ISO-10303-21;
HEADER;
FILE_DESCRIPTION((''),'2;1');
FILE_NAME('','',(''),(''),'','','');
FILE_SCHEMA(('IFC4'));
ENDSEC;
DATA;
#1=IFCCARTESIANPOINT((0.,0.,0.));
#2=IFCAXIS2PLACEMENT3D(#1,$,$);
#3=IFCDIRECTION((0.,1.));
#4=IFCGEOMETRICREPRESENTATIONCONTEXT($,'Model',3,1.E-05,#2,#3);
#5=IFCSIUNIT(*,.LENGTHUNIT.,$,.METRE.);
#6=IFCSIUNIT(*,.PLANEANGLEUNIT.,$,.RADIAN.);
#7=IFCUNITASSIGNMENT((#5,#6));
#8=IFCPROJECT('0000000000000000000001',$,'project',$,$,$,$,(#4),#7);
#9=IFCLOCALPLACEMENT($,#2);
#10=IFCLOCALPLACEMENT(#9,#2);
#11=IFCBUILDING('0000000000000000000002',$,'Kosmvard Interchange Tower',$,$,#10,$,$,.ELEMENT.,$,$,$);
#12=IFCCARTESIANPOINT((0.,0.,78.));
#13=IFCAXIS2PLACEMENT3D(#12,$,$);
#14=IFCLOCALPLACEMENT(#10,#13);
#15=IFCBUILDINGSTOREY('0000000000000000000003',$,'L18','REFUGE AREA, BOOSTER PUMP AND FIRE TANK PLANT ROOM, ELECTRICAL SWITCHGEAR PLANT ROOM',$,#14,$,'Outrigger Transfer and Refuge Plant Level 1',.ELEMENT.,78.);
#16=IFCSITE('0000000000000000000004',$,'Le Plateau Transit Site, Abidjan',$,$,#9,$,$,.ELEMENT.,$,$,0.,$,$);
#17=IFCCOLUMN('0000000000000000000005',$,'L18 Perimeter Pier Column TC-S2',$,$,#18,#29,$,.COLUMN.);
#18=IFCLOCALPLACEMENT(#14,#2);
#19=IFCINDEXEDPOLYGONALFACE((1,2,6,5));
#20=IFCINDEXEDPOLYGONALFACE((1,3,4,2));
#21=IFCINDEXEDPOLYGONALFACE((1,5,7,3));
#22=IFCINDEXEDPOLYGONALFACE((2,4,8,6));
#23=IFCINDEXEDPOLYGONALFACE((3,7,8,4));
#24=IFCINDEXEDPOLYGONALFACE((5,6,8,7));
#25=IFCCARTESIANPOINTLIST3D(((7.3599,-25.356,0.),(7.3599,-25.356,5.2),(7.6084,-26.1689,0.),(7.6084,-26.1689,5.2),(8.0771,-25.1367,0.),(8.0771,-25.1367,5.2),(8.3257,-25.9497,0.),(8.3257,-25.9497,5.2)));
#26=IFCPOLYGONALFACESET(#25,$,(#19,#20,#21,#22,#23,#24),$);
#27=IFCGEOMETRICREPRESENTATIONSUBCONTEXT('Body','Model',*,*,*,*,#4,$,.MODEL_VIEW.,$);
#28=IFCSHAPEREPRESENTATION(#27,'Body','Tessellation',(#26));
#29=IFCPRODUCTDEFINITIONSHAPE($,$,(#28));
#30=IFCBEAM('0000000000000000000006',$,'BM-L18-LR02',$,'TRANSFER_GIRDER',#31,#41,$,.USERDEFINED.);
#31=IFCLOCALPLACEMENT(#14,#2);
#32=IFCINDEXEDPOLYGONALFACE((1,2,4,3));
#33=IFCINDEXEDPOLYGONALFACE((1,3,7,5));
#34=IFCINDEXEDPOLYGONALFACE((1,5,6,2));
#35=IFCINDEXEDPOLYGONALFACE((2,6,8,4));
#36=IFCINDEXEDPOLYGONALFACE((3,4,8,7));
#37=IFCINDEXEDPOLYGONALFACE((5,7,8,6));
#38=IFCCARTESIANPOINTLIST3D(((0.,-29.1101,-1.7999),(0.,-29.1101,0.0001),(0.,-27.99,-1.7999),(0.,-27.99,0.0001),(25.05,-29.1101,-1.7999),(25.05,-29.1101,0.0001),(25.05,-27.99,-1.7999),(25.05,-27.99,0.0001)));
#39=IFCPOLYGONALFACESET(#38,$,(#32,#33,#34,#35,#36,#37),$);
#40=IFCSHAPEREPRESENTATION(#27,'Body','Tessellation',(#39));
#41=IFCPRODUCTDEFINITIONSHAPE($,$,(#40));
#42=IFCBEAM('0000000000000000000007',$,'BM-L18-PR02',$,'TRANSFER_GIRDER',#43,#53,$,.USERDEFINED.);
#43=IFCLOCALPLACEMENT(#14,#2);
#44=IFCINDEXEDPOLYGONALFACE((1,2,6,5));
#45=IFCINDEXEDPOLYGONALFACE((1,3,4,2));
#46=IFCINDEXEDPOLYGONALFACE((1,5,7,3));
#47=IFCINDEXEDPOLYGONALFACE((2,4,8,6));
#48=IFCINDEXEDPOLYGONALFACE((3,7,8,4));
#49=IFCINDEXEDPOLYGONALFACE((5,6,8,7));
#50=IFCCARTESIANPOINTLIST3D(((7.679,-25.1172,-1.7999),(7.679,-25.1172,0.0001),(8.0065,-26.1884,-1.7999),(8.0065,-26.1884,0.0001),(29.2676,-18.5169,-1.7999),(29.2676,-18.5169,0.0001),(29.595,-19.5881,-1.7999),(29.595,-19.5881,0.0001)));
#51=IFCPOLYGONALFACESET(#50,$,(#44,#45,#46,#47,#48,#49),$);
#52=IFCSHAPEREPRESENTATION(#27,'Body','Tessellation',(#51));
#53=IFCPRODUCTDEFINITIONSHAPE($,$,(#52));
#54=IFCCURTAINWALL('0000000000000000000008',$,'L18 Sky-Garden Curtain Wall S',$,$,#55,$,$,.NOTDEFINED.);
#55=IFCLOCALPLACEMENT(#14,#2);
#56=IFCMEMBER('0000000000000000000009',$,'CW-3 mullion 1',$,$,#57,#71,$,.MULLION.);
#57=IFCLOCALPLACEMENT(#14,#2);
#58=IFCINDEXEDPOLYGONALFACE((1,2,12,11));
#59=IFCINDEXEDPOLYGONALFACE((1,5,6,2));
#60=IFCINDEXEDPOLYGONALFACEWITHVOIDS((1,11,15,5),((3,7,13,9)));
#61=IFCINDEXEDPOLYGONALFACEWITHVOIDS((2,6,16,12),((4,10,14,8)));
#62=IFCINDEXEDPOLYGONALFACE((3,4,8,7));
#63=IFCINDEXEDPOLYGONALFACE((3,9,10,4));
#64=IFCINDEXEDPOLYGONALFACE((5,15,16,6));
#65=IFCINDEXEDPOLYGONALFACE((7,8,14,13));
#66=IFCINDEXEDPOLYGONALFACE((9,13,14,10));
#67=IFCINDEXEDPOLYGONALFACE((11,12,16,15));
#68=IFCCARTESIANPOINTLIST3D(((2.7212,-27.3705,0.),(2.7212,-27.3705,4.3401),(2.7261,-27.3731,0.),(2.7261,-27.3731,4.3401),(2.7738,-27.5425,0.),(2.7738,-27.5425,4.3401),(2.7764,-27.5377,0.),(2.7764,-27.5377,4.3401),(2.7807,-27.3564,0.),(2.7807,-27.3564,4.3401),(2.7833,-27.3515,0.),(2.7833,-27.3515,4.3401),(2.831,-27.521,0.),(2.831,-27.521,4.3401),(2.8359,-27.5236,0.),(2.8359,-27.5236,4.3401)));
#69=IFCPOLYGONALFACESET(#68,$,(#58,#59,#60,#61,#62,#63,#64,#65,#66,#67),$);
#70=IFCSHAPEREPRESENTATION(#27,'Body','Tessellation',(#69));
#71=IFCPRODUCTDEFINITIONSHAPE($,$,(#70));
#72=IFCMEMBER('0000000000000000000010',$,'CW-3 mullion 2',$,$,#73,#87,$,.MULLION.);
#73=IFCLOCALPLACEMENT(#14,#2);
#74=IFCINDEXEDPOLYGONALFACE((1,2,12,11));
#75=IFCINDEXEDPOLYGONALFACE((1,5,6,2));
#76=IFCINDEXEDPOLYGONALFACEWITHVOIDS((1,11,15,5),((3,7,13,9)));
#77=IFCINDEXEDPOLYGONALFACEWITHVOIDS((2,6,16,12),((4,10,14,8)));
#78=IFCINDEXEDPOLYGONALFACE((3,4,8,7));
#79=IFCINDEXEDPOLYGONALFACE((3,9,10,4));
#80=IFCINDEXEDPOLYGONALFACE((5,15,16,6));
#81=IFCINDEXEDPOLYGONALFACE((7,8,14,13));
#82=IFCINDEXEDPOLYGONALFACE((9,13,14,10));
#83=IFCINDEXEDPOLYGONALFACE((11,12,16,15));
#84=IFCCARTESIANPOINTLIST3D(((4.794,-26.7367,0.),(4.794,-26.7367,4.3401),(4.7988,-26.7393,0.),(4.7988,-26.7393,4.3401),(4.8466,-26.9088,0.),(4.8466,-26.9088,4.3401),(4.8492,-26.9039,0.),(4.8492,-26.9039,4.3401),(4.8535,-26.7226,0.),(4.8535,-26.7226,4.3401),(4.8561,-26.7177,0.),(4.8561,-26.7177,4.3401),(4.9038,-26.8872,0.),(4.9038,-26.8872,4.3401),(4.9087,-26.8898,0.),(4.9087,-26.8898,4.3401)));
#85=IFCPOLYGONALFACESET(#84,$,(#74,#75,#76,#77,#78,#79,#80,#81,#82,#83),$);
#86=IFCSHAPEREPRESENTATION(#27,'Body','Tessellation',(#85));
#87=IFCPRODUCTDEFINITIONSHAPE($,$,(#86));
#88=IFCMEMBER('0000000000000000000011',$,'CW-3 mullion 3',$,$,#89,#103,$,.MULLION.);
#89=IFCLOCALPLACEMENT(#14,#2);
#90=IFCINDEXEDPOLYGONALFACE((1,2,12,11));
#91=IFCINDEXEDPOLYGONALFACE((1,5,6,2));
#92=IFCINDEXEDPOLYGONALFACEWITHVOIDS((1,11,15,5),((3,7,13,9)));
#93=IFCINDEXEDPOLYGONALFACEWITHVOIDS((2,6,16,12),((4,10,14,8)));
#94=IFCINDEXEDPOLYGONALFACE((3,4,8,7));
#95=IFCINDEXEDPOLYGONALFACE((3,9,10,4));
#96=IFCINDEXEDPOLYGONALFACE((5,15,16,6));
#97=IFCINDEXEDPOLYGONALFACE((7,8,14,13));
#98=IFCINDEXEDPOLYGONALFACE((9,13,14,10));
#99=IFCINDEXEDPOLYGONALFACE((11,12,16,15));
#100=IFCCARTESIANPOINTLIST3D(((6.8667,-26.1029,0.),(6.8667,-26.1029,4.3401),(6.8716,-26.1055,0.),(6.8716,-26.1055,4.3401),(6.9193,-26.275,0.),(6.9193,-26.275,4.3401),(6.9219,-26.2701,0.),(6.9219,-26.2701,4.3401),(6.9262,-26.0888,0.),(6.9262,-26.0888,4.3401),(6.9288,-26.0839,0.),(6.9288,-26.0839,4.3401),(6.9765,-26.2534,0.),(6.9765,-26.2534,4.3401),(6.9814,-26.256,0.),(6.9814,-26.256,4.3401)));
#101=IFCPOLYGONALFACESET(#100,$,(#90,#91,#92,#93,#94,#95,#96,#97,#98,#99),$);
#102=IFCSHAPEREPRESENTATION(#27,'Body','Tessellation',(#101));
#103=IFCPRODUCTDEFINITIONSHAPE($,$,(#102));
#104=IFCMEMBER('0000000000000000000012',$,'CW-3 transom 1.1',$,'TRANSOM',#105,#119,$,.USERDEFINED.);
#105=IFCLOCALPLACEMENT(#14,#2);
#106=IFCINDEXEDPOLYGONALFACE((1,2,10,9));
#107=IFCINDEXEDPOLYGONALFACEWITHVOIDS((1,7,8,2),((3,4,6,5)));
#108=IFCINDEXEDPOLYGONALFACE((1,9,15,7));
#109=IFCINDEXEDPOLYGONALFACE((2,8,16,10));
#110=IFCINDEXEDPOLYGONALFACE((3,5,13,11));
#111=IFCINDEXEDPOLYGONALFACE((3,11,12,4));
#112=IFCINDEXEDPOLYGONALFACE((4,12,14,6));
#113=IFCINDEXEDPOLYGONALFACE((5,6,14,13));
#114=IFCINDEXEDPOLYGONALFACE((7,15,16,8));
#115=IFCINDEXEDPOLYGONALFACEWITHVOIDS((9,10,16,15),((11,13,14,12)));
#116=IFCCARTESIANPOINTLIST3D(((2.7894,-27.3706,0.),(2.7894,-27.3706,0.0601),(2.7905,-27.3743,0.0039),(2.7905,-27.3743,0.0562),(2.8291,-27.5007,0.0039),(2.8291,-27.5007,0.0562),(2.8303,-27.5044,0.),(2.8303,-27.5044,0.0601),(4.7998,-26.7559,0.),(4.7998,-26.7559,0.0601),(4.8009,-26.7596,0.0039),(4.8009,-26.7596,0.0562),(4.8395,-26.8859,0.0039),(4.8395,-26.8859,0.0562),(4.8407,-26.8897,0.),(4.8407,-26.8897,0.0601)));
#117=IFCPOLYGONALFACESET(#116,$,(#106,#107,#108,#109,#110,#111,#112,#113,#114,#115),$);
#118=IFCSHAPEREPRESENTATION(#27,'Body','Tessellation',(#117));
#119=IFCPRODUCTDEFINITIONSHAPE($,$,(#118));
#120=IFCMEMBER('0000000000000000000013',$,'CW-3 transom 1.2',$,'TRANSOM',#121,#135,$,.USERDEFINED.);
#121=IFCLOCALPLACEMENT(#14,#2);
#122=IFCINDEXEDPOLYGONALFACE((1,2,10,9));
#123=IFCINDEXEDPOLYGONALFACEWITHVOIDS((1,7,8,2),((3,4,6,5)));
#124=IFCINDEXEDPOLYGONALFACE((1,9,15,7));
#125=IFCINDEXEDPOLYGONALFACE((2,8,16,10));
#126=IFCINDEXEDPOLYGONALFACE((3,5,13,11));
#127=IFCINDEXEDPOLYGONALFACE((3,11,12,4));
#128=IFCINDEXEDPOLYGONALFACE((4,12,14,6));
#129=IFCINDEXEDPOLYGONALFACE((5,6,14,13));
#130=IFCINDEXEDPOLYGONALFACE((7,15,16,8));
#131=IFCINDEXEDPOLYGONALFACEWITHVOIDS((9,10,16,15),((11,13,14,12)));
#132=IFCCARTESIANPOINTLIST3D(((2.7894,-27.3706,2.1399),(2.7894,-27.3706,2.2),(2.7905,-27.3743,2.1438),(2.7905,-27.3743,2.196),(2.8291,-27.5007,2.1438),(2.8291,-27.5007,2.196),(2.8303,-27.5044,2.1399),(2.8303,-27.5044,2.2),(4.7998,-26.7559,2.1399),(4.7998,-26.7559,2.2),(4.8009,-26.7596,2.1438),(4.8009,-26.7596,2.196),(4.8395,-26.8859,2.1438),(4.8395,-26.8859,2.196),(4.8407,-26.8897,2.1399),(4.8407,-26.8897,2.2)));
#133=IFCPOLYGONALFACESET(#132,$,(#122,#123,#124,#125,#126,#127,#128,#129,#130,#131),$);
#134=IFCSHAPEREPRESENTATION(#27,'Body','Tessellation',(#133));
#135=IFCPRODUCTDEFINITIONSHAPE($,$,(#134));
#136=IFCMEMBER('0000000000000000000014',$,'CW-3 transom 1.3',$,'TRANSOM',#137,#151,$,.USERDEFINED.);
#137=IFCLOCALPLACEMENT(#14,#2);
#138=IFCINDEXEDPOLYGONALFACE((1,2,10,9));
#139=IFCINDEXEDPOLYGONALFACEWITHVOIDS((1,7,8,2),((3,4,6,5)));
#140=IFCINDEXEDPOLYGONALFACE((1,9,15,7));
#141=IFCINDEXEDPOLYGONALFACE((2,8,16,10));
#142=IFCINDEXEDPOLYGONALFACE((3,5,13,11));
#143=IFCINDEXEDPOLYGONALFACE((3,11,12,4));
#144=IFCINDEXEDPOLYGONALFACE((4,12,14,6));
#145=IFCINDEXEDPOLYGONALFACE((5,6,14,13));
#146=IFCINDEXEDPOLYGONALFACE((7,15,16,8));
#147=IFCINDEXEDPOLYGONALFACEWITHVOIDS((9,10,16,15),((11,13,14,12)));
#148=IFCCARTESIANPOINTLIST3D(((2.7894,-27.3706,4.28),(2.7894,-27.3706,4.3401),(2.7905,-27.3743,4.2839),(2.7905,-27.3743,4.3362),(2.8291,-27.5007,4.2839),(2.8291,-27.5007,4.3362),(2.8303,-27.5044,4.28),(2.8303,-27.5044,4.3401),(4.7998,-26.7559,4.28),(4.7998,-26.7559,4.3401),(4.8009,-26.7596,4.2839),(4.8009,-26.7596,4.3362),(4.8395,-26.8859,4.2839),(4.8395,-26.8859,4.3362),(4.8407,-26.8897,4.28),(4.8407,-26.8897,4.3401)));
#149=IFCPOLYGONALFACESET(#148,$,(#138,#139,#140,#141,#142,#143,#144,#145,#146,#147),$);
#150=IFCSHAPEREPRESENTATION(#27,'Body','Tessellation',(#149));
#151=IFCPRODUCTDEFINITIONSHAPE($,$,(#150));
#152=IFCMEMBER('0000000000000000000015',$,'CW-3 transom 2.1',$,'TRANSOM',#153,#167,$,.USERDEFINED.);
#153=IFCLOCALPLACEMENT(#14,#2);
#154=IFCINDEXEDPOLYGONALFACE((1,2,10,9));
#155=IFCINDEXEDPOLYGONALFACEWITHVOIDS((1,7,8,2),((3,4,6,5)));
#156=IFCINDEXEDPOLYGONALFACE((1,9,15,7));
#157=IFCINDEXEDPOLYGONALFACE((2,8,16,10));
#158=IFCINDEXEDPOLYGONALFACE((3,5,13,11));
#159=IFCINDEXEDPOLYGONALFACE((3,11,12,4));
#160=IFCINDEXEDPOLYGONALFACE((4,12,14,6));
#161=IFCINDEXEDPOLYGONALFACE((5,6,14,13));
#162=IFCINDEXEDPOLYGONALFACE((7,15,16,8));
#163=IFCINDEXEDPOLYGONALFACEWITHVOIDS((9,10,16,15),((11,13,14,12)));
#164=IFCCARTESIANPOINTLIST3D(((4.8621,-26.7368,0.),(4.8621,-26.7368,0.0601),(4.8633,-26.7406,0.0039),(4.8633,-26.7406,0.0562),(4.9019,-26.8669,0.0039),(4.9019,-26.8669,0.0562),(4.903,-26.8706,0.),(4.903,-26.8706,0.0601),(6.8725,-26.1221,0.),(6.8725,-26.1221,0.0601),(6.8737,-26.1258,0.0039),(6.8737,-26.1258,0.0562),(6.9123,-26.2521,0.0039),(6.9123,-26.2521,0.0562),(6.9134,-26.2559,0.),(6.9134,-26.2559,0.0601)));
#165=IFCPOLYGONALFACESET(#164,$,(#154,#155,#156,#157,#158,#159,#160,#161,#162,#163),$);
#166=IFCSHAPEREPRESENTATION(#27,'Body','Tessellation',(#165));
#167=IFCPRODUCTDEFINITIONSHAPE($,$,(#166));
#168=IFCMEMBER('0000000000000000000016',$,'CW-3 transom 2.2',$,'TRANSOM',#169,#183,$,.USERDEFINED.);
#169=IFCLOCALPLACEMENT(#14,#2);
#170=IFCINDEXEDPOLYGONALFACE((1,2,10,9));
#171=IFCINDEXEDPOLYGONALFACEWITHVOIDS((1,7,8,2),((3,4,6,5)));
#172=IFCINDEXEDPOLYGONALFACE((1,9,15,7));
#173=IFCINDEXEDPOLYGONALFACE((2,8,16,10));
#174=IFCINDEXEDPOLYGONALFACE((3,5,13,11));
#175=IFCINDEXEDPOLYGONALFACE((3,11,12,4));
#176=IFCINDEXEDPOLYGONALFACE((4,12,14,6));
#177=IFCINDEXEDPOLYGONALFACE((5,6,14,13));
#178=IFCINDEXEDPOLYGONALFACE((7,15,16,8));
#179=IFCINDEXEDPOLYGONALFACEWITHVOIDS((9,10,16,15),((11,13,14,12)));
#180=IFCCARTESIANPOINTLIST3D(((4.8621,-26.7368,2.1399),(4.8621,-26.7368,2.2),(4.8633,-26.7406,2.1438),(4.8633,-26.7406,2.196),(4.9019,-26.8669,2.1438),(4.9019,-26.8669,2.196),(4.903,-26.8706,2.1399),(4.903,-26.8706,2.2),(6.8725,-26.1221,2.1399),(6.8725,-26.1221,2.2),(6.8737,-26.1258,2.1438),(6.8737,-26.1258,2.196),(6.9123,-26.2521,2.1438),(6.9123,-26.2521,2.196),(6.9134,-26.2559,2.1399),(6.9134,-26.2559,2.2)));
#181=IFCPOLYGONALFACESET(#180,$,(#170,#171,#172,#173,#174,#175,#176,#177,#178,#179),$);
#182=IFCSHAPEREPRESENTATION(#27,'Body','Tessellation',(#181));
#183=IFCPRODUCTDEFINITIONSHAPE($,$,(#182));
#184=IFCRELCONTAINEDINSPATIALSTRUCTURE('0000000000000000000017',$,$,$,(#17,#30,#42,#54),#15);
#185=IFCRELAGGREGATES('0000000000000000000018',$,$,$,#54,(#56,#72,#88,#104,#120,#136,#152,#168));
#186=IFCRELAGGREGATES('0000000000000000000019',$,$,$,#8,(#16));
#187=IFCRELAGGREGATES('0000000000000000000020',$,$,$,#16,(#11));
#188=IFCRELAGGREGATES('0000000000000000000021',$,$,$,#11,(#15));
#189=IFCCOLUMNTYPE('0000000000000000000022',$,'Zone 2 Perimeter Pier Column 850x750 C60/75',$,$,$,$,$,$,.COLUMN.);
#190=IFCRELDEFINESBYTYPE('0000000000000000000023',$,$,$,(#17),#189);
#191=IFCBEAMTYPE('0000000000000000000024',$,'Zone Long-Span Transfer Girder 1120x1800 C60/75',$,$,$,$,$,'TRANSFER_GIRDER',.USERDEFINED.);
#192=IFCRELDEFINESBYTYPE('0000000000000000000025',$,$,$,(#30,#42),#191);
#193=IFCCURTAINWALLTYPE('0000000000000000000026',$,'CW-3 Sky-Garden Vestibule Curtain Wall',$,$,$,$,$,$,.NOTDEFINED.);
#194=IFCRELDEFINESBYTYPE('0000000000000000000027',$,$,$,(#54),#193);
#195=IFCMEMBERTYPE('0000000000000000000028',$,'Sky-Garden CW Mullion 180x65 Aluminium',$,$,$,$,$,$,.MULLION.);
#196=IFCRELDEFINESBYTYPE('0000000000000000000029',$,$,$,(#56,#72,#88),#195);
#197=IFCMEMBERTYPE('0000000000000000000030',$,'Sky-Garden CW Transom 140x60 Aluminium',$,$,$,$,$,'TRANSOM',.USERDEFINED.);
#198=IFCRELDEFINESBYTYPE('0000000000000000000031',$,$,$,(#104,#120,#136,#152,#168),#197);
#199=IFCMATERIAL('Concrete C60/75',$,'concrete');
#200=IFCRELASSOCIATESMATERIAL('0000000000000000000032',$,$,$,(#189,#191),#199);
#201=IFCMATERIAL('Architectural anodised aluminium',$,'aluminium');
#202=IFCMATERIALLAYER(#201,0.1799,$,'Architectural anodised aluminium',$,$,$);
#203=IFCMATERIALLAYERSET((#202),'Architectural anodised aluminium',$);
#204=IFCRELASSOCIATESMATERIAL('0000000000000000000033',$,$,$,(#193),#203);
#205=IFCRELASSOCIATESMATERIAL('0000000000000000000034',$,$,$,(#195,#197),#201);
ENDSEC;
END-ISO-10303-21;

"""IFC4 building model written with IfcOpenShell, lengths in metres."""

from ifc_helpers import new_model, si_unit, direction, frame, origin, origin_2d, place, context, subcontext, project, spatial, rectangle, hollow_rectangle, extrude, source, transform, mapped, material, layer, layer_set, material_profile, profile_set, type_object, element, aggregate, save


model = new_model("IFC4")

# Units and contexts
model_context = context("Model", 3, precision=1e-05, world=origin(), true_north=direction((0.0, 1.0)))
body_context = subcontext(model_context, "Body", "Model", "MODEL_VIEW")
ifc_project = project(units=[si_unit("LENGTHUNIT", "METRE"), si_unit("PLANEANGLEUNIT", "RADIAN")], contexts=[model_context])

# Site, building, storey
site_placement = place(None, origin())
site = spatial("IfcSite", under=ifc_project, at=site_placement, Name="Le Plateau Transit Site, Abidjan", CompositionType="ELEMENT", RefElevation=0.0)
building_placement = place(site_placement, origin())
building = spatial("IfcBuilding", under=site, at=building_placement, Name="Kosmvard Interchange Tower", CompositionType="ELEMENT")
storey_placement = place(building_placement, frame((0.0, 0.0, 78.0)))
storey = spatial("IfcBuildingStorey", under=building, at=storey_placement, Name="L18", Description="REFUGE AREA, BOOSTER PUMP AND FIRE TANK PLANT ROOM, ELECTRICAL SWITCHGEAR PLANT ROOM", LongName="Outrigger Transfer and Refuge Plant Level 1", CompositionType="ELEMENT", Elevation=78.0)

# Column
ifc_material_1 = material(Name="Concrete C60/75", Category="concrete")
ifc_material_profile_1 = material_profile(ifc_material_1, rectangle(XDim=0.75, YDim=0.8501, at=origin_2d()), Name="TC 850x750")
ifc_profile_set_1 = profile_set([ifc_material_profile_1], Name="Concrete C60/75")
column_type = type_object("IfcColumnType", Name="Zone 2 Perimeter Pier Column 850x750 C60/75", PredefinedType="COLUMN", material=ifc_profile_set_1)
shared_shape_1 = source(origin(), body_context, "Body", "SweptSolid", [
    extrude(rectangle(XDim=0.75, YDim=0.8501, at=origin_2d()), origin(), (0.0, 0.0, 1.0), 5.2),
])
column_placement = place(storey_placement, frame((7.8428, -25.6528, 0.0), z_axis=(0.0, 0.0, 1.0), x_axis=(0.956305, 0.292372, 0.0)))
element("IfcColumn", 1, at=column_placement, inside=storey, type_object=column_type, Name="L18 Perimeter Pier Column TC-S2", PredefinedType="COLUMN", context=body_context, shape_type="MappedRepresentation", body=[
    mapped(shared_shape_1, transform((0.0, 0.0, 0.0), scale=1.0)),
])

# Beams
ifc_material_profile_2 = material_profile(ifc_material_1, rectangle(XDim=1.1201, YDim=1.8, at=origin_2d()), Name="TG 1120x1800")
ifc_profile_set_2 = profile_set([ifc_material_profile_2], Name="Concrete C60/75")
beam_type = type_object("IfcBeamType", Name="Zone Long-Span Transfer Girder 1120x1800 C60/75", ElementType="TRANSFER_GIRDER", PredefinedType="USERDEFINED", material=ifc_profile_set_2)
shared_shape_2 = source(origin(), body_context, "Body", "SweptSolid", [
    extrude(rectangle(XDim=1.1201, YDim=1.8, at=origin_2d()), origin(), (0.0, 0.0, 1.0), 25.05),
])
beam_1_placement = place(storey_placement, frame((0.0, -28.55, -0.8999), z_axis=(1.0, 0.0, 0.0), x_axis=(0.0, 1.0, 0.0)))
element("IfcBeam", 2, at=beam_1_placement, inside=storey, type_object=beam_type, Name="BM-L18-LR02", ObjectType="TRANSFER_GIRDER", PredefinedType="USERDEFINED", context=body_context, shape_type="MappedRepresentation", body=[
    mapped(shared_shape_2, transform((0.0, 0.0, 0.0), scale=1.0)),
])
shared_shape_3 = source(origin(), body_context, "Body", "SweptSolid", [
    extrude(rectangle(XDim=1.1201, YDim=1.8, at=origin_2d()), origin(), (0.0, 0.0, 1.0), 22.575),
])
beam_2_placement = place(storey_placement, frame((7.8428, -25.6528, -0.8999), z_axis=(0.956304, 0.292373, 0.0), x_axis=(-0.292373, 0.956304, 0.0)))
element("IfcBeam", 3, at=beam_2_placement, inside=storey, type_object=beam_type, Name="BM-L18-PR02", ObjectType="TRANSFER_GIRDER", PredefinedType="USERDEFINED", context=body_context, shape_type="MappedRepresentation", body=[
    mapped(shared_shape_3, transform((0.0, 0.0, 0.0), scale=1.0)),
])

# Curtain wall, members
ifc_material_2 = material(Name="Architectural anodised aluminium", Category="aluminium")
ifc_layer_1 = layer(ifc_material_2, 0.1799, Name="Architectural anodised aluminium")
ifc_layer_set_1 = layer_set([ifc_layer_1], Name="Architectural anodised aluminium")
curtain_wall_type = type_object("IfcCurtainWallType", Name="CW-3 Sky-Garden Vestibule Curtain Wall", PredefinedType="NOTDEFINED", material=ifc_layer_set_1)
curtain_wall_placement = place(storey_placement, origin())
curtain_wall = element("IfcCurtainWall", 4, at=curtain_wall_placement, inside=storey, type_object=curtain_wall_type, Name="L18 Sky-Garden Curtain Wall S", PredefinedType="NOTDEFINED")
ifc_material_profile_3 = material_profile(ifc_material_2, hollow_rectangle(XDim=0.1799, YDim=0.0649, WallThickness=0.0039, at=origin_2d()), Name="CWM 180x65x4")
ifc_profile_set_3 = profile_set([ifc_material_profile_3], Name="Architectural anodised aluminium")
member_type_1 = type_object("IfcMemberType", Name="Sky-Garden CW Mullion 180x65 Aluminium", PredefinedType="MULLION", material=ifc_profile_set_3)
shared_shape_4 = source(origin(), body_context, "Body", "SweptSolid", [
    extrude(hollow_rectangle(XDim=0.1799, YDim=0.0649, WallThickness=0.0039, at=origin_2d()), origin(), (0.0, 0.0, 1.0), 4.3401),
])
member_1_placement = place(storey_placement, frame((2.7786, -27.447, 0.0), z_axis=(0.0, 0.0, 1.0), x_axis=(-0.292372, 0.956305, 0.0)))
member_1 = element("IfcMember", 5, at=member_1_placement, type_object=member_type_1, Name="CW-3 mullion 1", PredefinedType="MULLION", context=body_context, shape_type="MappedRepresentation", body=[
    mapped(shared_shape_4, transform((0.0, 0.0, 0.0), scale=1.0)),
])
member_2_placement = place(storey_placement, frame((4.8513, -26.8132, 0.0), z_axis=(0.0, 0.0, 1.0), x_axis=(-0.292372, 0.956305, 0.0)))
member_2 = element("IfcMember", 6, at=member_2_placement, type_object=member_type_1, Name="CW-3 mullion 2", PredefinedType="MULLION", context=body_context, shape_type="MappedRepresentation", body=[
    mapped(shared_shape_4, transform((0.0, 0.0, 0.0), scale=1.0)),
])
member_3_placement = place(storey_placement, frame((6.9241, -26.1794, 0.0), z_axis=(0.0, 0.0, 1.0), x_axis=(-0.292372, 0.956305, 0.0)))
member_3 = element("IfcMember", 7, at=member_3_placement, type_object=member_type_1, Name="CW-3 mullion 3", PredefinedType="MULLION", context=body_context, shape_type="MappedRepresentation", body=[
    mapped(shared_shape_4, transform((0.0, 0.0, 0.0), scale=1.0)),
])
ifc_material_profile_4 = material_profile(ifc_material_2, hollow_rectangle(XDim=0.1399, YDim=0.0601, WallThickness=0.0039, at=origin_2d()), Name="CWT 140x60x4")
ifc_profile_set_4 = profile_set([ifc_material_profile_4], Name="Architectural anodised aluminium")
member_type_2 = type_object("IfcMemberType", Name="Sky-Garden CW Transom 140x60 Aluminium", ElementType="TRANSOM", PredefinedType="USERDEFINED", material=ifc_profile_set_4)
shared_shape_5 = source(origin(), body_context, "Body", "SweptSolid", [
    extrude(hollow_rectangle(XDim=0.1399, YDim=0.0601, WallThickness=0.0039, at=origin_2d()), origin(), (0.0, 0.0, 1.0), 2.1023),
])
member_4_placement = place(storey_placement, frame((2.8098, -27.4375, 0.03), z_axis=(0.956295, 0.292404, 0.0), x_axis=(-0.292404, 0.956295, 0.0)))
member_4 = element("IfcMember", 8, at=member_4_placement, type_object=member_type_2, Name="CW-3 transom 1.1", ObjectType="TRANSOM", PredefinedType="USERDEFINED", context=body_context, shape_type="MappedRepresentation", body=[
    mapped(shared_shape_5, transform((0.0, 0.0, 0.0), scale=1.0)),
])
member_5_placement = place(storey_placement, frame((2.8098, -27.4375, 2.1699), z_axis=(0.956295, 0.292404, 0.0), x_axis=(-0.292404, 0.956295, 0.0)))
member_5 = element("IfcMember", 9, at=member_5_placement, type_object=member_type_2, Name="CW-3 transom 1.2", ObjectType="TRANSOM", PredefinedType="USERDEFINED", context=body_context, shape_type="MappedRepresentation", body=[
    mapped(shared_shape_5, transform((0.0, 0.0, 0.0), scale=1.0)),
])
member_6_placement = place(storey_placement, frame((2.8098, -27.4375, 4.3101), z_axis=(0.956295, 0.292404, 0.0), x_axis=(-0.292404, 0.956295, 0.0)))
member_6 = element("IfcMember", 10, at=member_6_placement, type_object=member_type_2, Name="CW-3 transom 1.3", ObjectType="TRANSOM", PredefinedType="USERDEFINED", context=body_context, shape_type="MappedRepresentation", body=[
    mapped(shared_shape_5, transform((0.0, 0.0, 0.0), scale=1.0)),
])
member_7_placement = place(storey_placement, frame((4.8826, -26.8037, 0.03), z_axis=(0.956295, 0.292404, 0.0), x_axis=(-0.292404, 0.956295, 0.0)))
member_7 = element("IfcMember", 11, at=member_7_placement, type_object=member_type_2, Name="CW-3 transom 2.1", ObjectType="TRANSOM", PredefinedType="USERDEFINED", context=body_context, shape_type="MappedRepresentation", body=[
    mapped(shared_shape_5, transform((0.0, 0.0, 0.0), scale=1.0)),
])
member_8_placement = place(storey_placement, frame((4.8826, -26.8037, 2.1699), z_axis=(0.956295, 0.292404, 0.0), x_axis=(-0.292404, 0.956295, 0.0)))
member_8 = element("IfcMember", 12, at=member_8_placement, type_object=member_type_2, Name="CW-3 transom 2.2", ObjectType="TRANSOM", PredefinedType="USERDEFINED", context=body_context, shape_type="MappedRepresentation", body=[
    mapped(shared_shape_5, transform((0.0, 0.0, 0.0), scale=1.0)),
])
aggregate(curtain_wall, [member_1, member_2, member_3, member_4, member_5, member_6, member_7, member_8])

save(model, "model.ifc")
